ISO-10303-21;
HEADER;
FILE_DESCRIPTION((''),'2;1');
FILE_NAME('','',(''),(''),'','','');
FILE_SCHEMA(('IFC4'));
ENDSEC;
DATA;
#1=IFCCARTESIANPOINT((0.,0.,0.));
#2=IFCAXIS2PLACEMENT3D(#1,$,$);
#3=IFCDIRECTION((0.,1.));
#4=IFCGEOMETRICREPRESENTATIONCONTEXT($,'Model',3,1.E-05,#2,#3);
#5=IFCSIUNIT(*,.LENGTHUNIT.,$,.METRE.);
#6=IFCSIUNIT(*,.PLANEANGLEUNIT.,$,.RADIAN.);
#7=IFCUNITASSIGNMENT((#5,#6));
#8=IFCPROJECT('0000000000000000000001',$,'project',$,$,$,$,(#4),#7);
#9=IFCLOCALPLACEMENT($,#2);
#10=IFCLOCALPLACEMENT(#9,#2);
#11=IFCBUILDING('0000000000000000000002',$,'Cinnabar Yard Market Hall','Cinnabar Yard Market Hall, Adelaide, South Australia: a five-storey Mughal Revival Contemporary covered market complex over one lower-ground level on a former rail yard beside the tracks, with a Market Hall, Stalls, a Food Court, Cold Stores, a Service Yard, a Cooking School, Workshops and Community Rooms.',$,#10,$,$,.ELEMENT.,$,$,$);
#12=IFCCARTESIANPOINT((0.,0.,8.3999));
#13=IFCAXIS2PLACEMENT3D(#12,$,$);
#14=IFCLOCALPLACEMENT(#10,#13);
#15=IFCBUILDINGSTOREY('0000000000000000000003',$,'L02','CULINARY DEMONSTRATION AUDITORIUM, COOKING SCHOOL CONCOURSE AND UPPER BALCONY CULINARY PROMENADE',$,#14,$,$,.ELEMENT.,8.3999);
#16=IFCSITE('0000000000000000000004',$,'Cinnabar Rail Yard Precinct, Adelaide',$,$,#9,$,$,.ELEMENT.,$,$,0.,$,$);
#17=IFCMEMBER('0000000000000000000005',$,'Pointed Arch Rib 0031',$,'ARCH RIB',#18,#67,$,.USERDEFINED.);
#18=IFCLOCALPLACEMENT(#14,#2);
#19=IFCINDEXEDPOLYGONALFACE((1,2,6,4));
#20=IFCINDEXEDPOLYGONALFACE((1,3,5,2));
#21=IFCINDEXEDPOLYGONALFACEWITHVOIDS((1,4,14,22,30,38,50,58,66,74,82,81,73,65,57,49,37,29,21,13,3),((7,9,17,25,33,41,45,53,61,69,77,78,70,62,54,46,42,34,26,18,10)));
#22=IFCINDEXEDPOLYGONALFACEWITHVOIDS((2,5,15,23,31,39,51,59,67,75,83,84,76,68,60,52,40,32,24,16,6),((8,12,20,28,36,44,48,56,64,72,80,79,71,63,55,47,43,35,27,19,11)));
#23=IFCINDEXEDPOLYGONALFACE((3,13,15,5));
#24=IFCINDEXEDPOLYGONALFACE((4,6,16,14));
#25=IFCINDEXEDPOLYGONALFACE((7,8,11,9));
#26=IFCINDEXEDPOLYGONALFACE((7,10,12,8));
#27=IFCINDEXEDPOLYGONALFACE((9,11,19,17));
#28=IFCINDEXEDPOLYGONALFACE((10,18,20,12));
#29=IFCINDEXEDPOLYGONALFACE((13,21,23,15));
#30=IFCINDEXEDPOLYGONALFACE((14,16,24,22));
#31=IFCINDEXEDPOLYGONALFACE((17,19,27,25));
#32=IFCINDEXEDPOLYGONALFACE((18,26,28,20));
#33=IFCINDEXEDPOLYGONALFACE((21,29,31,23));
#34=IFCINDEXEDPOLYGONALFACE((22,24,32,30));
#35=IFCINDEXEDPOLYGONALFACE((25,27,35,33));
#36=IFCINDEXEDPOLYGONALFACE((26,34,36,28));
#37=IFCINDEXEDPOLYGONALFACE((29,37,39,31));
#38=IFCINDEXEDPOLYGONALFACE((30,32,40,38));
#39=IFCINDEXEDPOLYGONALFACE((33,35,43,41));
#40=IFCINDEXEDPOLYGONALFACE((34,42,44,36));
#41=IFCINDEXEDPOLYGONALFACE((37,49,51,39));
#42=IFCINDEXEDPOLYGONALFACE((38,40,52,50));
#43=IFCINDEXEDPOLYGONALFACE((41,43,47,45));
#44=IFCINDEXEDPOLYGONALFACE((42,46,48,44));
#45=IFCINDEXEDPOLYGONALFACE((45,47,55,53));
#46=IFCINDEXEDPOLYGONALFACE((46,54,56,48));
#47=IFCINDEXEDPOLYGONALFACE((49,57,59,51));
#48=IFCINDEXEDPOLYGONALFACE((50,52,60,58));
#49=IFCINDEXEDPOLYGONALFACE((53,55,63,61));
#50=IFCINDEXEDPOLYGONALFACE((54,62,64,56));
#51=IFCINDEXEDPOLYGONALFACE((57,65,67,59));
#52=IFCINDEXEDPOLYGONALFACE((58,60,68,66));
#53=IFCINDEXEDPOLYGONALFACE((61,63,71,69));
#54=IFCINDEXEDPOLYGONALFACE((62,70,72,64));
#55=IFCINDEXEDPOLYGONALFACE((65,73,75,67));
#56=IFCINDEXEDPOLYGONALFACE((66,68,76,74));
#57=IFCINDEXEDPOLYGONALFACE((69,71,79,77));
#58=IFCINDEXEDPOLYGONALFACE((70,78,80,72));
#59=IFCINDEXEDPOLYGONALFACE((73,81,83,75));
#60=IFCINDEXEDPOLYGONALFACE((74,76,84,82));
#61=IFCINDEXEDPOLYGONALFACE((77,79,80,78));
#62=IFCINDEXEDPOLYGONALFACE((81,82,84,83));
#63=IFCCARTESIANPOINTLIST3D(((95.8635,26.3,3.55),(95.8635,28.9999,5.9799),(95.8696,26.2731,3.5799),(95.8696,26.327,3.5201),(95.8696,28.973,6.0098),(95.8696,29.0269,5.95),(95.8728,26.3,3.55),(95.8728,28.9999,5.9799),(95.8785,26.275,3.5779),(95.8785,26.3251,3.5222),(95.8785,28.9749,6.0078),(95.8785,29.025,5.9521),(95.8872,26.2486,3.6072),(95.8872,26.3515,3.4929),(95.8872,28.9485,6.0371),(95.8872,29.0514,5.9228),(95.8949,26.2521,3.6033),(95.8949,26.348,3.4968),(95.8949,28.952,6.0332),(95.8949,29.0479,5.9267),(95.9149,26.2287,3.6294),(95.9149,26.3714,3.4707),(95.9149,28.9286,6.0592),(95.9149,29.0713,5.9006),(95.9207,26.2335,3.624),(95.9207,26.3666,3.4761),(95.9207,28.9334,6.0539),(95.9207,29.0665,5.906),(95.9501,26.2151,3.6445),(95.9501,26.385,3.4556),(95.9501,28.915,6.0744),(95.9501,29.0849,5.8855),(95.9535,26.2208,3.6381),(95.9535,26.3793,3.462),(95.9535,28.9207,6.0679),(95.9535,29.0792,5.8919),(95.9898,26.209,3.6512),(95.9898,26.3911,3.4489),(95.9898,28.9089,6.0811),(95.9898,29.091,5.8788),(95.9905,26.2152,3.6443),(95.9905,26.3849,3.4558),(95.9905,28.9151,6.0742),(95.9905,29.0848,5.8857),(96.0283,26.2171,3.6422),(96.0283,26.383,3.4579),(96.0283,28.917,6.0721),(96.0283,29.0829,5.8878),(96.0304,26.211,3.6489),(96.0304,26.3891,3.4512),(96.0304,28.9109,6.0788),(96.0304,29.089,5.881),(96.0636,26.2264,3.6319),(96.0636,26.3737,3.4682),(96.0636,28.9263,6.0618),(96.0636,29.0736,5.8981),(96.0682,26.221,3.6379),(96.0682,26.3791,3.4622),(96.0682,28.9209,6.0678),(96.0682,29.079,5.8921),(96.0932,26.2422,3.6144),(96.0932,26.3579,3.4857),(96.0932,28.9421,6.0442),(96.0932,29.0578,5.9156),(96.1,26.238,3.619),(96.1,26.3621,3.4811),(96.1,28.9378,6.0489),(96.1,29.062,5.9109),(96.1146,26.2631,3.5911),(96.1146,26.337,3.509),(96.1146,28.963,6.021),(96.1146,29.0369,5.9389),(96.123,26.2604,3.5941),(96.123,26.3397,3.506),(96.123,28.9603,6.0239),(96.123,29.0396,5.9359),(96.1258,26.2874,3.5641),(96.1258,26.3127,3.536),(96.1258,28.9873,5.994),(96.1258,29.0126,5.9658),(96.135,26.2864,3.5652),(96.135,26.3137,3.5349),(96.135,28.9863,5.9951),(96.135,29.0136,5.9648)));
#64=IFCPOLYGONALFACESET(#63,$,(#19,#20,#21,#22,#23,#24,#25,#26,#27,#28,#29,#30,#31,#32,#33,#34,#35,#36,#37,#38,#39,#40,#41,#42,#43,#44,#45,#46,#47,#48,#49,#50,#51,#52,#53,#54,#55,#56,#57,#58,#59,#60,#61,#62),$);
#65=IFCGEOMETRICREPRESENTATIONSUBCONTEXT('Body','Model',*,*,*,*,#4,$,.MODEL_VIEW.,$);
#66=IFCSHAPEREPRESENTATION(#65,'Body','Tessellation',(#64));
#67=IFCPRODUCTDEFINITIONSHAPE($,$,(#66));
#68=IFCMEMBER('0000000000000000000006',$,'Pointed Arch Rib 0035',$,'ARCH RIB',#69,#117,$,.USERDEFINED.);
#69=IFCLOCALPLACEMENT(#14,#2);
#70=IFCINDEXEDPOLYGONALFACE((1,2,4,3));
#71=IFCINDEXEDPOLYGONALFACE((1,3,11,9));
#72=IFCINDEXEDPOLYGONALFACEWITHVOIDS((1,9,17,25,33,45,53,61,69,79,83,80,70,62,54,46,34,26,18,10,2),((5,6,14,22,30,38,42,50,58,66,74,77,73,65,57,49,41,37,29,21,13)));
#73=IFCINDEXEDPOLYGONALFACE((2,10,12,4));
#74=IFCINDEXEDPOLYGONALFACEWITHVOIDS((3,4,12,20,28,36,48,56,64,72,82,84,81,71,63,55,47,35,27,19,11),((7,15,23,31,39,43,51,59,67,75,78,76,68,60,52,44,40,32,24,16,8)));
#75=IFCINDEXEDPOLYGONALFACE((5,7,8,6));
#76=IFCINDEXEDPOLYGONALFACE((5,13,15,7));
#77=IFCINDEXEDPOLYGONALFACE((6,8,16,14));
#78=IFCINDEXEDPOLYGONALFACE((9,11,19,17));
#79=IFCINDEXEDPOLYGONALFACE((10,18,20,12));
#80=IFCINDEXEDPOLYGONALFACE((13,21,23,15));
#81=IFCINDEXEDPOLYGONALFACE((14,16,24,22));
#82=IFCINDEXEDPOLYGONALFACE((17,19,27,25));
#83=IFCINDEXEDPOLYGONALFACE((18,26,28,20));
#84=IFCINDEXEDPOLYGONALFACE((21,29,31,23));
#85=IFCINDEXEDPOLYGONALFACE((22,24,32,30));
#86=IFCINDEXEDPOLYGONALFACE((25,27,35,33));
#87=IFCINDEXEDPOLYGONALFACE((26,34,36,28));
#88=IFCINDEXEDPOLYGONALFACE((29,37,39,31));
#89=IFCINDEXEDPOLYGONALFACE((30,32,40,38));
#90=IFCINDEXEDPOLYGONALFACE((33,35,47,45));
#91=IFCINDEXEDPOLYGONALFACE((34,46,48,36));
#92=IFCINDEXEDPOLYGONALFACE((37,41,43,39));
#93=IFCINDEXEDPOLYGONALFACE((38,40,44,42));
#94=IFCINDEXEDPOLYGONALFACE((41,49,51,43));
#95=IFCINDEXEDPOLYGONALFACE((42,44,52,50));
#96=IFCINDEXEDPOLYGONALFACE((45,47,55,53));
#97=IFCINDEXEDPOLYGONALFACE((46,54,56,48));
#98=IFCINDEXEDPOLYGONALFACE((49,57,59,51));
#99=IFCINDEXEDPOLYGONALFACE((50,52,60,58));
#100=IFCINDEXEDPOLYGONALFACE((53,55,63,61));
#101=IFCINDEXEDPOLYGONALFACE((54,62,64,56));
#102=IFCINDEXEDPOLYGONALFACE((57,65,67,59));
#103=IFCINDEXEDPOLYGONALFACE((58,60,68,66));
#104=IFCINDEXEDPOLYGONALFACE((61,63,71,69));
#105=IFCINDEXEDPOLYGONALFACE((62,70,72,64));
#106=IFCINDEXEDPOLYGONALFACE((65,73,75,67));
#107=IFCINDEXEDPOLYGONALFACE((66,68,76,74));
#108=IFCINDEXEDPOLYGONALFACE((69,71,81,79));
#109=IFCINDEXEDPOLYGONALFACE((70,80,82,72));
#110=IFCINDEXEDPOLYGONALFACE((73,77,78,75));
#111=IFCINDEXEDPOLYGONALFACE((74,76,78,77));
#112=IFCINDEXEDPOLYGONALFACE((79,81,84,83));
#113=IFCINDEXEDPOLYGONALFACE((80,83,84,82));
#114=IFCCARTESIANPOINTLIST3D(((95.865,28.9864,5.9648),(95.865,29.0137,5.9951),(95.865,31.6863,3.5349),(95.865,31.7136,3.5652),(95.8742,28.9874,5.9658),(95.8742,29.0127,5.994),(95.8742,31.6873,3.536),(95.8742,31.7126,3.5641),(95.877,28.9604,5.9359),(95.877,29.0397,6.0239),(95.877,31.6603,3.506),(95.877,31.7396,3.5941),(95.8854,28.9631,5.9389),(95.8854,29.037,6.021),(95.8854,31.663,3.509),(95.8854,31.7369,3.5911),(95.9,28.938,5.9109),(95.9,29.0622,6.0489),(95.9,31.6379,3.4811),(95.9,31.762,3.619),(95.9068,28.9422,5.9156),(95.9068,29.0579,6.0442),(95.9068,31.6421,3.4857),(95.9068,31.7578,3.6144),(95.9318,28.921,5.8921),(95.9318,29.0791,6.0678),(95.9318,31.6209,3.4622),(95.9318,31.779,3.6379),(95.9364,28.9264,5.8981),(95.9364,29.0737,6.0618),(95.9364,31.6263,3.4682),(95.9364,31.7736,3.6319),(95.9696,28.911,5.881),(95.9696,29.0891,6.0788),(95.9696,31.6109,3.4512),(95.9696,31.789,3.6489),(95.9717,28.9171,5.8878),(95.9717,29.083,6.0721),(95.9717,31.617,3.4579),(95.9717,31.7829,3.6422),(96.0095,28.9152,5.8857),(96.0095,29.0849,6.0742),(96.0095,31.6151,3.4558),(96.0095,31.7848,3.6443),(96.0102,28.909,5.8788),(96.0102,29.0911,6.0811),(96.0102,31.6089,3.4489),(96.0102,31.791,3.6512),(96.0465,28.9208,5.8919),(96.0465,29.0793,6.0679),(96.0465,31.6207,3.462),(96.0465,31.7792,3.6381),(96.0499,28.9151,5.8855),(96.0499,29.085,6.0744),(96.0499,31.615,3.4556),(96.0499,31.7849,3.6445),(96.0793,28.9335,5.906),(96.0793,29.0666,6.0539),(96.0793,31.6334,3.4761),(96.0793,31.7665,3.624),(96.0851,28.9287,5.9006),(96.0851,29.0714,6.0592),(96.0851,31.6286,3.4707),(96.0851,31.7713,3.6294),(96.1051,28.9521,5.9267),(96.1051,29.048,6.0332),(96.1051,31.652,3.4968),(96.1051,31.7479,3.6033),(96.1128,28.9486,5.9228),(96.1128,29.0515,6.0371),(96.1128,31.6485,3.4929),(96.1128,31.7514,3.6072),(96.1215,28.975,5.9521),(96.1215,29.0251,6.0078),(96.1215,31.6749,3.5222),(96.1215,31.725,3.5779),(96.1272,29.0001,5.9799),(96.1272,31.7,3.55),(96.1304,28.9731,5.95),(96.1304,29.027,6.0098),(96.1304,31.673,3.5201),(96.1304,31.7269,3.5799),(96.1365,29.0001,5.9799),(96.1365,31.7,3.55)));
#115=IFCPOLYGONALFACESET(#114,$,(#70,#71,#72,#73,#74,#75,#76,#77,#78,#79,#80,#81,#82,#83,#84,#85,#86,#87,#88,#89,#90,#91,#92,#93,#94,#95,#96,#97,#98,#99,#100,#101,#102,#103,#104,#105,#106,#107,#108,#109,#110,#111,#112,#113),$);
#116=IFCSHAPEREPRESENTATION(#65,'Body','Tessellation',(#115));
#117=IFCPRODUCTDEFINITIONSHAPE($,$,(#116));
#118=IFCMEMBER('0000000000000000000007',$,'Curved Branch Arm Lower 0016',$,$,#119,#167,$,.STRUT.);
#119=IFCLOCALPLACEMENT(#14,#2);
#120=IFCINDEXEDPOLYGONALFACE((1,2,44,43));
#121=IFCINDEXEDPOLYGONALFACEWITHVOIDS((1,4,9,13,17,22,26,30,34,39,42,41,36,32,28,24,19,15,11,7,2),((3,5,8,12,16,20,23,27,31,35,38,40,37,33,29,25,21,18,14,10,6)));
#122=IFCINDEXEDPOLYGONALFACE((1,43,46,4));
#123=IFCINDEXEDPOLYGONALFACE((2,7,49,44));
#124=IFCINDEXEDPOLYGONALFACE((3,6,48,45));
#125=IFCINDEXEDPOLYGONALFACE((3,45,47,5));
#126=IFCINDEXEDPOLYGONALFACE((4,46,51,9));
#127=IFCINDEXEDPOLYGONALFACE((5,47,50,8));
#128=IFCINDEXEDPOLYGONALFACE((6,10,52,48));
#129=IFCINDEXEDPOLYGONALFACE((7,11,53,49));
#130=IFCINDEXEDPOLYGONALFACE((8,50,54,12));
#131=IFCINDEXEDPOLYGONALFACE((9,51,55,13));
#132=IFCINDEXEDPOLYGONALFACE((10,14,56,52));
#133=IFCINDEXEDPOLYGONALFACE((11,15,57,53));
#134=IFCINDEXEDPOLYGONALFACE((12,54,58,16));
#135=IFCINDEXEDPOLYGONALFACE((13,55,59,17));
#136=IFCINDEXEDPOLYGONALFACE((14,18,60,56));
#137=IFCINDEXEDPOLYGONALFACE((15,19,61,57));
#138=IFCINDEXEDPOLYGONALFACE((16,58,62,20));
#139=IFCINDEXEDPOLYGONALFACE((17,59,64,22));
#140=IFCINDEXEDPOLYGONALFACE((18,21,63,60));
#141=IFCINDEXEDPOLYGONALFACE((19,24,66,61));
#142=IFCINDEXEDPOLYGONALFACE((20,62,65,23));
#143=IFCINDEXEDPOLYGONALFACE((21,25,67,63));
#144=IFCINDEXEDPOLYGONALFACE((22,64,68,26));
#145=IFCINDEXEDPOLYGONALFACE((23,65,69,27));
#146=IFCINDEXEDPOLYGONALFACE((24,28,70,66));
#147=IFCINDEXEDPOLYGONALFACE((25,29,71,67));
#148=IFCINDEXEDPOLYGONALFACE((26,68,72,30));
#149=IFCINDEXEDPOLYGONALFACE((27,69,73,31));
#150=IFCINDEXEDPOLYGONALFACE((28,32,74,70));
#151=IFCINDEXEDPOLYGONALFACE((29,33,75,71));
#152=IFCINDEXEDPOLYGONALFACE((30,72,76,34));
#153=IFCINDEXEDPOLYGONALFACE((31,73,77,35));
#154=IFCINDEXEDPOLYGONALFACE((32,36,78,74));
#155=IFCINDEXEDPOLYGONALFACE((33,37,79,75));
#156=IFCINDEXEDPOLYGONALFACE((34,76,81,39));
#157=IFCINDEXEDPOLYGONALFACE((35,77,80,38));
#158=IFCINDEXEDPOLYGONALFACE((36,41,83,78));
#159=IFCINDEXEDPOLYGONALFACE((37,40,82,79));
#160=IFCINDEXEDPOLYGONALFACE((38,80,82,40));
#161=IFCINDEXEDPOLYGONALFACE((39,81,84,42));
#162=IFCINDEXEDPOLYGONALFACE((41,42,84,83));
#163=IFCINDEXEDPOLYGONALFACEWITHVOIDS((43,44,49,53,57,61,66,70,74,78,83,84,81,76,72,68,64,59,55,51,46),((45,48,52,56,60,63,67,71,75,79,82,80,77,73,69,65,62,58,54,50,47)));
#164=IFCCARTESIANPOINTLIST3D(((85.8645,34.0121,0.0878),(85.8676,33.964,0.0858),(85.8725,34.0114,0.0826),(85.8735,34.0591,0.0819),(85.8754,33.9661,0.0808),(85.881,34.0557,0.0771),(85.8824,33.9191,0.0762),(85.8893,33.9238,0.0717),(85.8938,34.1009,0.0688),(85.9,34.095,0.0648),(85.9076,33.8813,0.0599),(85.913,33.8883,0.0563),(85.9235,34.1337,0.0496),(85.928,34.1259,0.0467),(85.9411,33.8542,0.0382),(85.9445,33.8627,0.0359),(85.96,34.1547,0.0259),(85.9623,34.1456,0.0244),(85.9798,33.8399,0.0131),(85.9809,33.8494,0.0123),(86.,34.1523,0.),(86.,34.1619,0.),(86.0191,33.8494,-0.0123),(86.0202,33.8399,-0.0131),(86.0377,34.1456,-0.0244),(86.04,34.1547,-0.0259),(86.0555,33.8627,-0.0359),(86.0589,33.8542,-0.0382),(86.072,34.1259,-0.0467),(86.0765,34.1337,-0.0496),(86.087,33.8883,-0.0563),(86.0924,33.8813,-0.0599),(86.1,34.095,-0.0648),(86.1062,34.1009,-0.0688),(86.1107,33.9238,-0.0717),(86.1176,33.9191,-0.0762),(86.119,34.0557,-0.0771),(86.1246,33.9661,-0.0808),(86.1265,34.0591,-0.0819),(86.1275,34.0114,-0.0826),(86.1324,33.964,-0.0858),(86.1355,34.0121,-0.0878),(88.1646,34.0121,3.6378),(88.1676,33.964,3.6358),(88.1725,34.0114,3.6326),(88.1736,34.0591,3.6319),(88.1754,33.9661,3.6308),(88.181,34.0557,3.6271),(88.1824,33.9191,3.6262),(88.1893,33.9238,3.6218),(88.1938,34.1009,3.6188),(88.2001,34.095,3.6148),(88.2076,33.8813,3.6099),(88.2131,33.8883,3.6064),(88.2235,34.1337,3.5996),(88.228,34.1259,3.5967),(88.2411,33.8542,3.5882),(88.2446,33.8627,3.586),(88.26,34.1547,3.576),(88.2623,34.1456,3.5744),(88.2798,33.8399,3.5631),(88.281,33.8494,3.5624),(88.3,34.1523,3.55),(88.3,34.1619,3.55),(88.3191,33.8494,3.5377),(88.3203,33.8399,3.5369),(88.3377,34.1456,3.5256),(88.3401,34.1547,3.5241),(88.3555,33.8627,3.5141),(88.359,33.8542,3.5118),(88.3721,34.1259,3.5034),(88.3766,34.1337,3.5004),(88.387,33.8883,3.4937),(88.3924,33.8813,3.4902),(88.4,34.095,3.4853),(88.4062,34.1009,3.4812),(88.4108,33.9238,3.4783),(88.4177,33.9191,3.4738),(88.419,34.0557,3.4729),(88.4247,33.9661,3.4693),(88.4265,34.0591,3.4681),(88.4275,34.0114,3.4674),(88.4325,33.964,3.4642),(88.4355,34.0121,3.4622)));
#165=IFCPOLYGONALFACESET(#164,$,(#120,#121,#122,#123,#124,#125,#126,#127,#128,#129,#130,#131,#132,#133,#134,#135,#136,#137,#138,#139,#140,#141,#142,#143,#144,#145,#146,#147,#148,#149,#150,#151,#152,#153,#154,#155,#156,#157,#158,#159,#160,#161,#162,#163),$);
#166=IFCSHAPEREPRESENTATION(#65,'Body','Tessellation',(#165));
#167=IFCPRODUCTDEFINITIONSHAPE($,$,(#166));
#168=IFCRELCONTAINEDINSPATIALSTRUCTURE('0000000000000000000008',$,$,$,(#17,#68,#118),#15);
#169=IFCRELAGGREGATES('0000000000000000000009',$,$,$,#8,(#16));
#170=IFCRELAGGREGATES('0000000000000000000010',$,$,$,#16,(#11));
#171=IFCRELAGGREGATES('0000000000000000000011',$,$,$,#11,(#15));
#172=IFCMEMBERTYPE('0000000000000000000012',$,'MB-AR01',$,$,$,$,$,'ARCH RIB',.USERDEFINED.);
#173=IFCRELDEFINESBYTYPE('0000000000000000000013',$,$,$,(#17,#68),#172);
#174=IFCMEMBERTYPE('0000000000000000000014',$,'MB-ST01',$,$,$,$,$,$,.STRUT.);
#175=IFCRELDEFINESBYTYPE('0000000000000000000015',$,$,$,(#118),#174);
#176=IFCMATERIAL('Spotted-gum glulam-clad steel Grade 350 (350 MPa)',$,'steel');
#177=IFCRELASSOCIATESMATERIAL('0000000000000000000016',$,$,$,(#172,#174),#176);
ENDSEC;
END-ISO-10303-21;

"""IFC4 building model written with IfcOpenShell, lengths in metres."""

from ifc_helpers import new_model, si_unit, direction, frame, origin, origin_2d_with_axis, place, context, subcontext, project, spatial, hollow_circle, extrude, material, material_profile, profile_set, type_object, element, save


model = new_model("IFC4")

# Units and contexts
model_context = context("Model", 3, precision=1e-05, world=origin(), true_north=direction((0.0, 1.0)))
body_context = subcontext(model_context, "Body", "Model", "MODEL_VIEW")
ifc_project = project(units=[si_unit("LENGTHUNIT", "METRE"), si_unit("PLANEANGLEUNIT", "RADIAN")], contexts=[model_context])

# Site, building, storey
site_placement = place(None, origin())
site = spatial("IfcSite", under=ifc_project, at=site_placement, Name="Cinnabar Rail Yard Precinct, Adelaide", CompositionType="ELEMENT", RefElevation=0.0)
building_placement = place(site_placement, origin())
building = spatial("IfcBuilding", under=site, at=building_placement, Name="Cinnabar Yard Market Hall", Description="Cinnabar Yard Market Hall, Adelaide, South Australia: a five-storey Mughal Revival Contemporary covered market complex over one lower-ground level on a former rail yard beside the tracks, with a Market Hall, Stalls, a Food Court, Cold Stores, a Service Yard, a Cooking School, Workshops and Community Rooms.", CompositionType="ELEMENT")
storey_placement = place(building_placement, frame((0.0, 0.0, 8.3999)))
storey = spatial("IfcBuildingStorey", under=building, at=storey_placement, Name="L02", Description="CULINARY DEMONSTRATION AUDITORIUM, COOKING SCHOOL CONCOURSE AND UPPER BALCONY CULINARY PROMENADE", CompositionType="ELEMENT", Elevation=8.3999)

# Shared definitions
ifc_material_1 = material(Name="Spotted-gum glulam-clad steel Grade 350 (350 MPa)", Category="steel")

# Members
ifc_material_profile_1 = material_profile(ifc_material_1, hollow_circle(Radius=0.1365, WallThickness=0.0093, at=origin_2d_with_axis()), Name="273.1x9.3CHS")
ifc_profile_set_1 = profile_set([ifc_material_profile_1], Name="Spotted-gum glulam-clad steel Grade 350 (350 MPa)")
member_type_1 = type_object("IfcMemberType", Name="MB-AR01", ElementType="ARCH RIB", PredefinedType="USERDEFINED", material=ifc_profile_set_1)
for number, where, z_axis, x_axis, name in (
    (1, (96.0, 26.3, 3.55), (0.0, 0.743297, 0.668961), (-1.0, 0.0, 0.0), "Pointed Arch Rib 0031"),
    (2, (96.0, 31.7, 3.55), (0.0, -0.743297, 0.668961), (1.0, 0.0, 0.0), "Pointed Arch Rib 0035"),
):
    element("IfcMember", number, at=place(storey_placement, frame(where, z_axis=z_axis, x_axis=x_axis)), inside=storey, type_object=member_type_1, Name=name, ObjectType="ARCH RIB", PredefinedType="USERDEFINED", context=body_context, shape_type="SweptSolid", body=[
        extrude(hollow_circle(Radius=0.1365, WallThickness=0.0093, at=origin_2d_with_axis()), origin(), (0.0, 0.0, 1.0), 3.6323),
    ])
ifc_material_profile_2 = material_profile(ifc_material_1, hollow_circle(Radius=0.1619, WallThickness=0.0095, at=origin_2d_with_axis()), Name="323.9x9.5CHS")
ifc_profile_set_2 = profile_set([ifc_material_profile_2], Name="Spotted-gum glulam-clad steel Grade 350 (350 MPa)")
member_type_2 = type_object("IfcMemberType", Name="MB-ST01", PredefinedType="STRUT", material=ifc_profile_set_2)
for number, where, z_axis, x_axis, name in (
    (3, (86.0, 34.0, 0.0), (0.543744, 0.0, 0.839251), (0.0, 1.0, 0.0), "Curved Branch Arm Lower 0016"),
):
    element("IfcMember", number, at=place(storey_placement, frame(where, z_axis=z_axis, x_axis=x_axis)), inside=storey, type_object=member_type_2, Name=name, PredefinedType="STRUT", context=body_context, shape_type="SweptSolid", body=[
        extrude(hollow_circle(Radius=0.1619, WallThickness=0.0095, at=origin_2d_with_axis()), origin(), (0.0, 0.0, 1.0), 4.23),
    ])

save(model, "model.ifc")
